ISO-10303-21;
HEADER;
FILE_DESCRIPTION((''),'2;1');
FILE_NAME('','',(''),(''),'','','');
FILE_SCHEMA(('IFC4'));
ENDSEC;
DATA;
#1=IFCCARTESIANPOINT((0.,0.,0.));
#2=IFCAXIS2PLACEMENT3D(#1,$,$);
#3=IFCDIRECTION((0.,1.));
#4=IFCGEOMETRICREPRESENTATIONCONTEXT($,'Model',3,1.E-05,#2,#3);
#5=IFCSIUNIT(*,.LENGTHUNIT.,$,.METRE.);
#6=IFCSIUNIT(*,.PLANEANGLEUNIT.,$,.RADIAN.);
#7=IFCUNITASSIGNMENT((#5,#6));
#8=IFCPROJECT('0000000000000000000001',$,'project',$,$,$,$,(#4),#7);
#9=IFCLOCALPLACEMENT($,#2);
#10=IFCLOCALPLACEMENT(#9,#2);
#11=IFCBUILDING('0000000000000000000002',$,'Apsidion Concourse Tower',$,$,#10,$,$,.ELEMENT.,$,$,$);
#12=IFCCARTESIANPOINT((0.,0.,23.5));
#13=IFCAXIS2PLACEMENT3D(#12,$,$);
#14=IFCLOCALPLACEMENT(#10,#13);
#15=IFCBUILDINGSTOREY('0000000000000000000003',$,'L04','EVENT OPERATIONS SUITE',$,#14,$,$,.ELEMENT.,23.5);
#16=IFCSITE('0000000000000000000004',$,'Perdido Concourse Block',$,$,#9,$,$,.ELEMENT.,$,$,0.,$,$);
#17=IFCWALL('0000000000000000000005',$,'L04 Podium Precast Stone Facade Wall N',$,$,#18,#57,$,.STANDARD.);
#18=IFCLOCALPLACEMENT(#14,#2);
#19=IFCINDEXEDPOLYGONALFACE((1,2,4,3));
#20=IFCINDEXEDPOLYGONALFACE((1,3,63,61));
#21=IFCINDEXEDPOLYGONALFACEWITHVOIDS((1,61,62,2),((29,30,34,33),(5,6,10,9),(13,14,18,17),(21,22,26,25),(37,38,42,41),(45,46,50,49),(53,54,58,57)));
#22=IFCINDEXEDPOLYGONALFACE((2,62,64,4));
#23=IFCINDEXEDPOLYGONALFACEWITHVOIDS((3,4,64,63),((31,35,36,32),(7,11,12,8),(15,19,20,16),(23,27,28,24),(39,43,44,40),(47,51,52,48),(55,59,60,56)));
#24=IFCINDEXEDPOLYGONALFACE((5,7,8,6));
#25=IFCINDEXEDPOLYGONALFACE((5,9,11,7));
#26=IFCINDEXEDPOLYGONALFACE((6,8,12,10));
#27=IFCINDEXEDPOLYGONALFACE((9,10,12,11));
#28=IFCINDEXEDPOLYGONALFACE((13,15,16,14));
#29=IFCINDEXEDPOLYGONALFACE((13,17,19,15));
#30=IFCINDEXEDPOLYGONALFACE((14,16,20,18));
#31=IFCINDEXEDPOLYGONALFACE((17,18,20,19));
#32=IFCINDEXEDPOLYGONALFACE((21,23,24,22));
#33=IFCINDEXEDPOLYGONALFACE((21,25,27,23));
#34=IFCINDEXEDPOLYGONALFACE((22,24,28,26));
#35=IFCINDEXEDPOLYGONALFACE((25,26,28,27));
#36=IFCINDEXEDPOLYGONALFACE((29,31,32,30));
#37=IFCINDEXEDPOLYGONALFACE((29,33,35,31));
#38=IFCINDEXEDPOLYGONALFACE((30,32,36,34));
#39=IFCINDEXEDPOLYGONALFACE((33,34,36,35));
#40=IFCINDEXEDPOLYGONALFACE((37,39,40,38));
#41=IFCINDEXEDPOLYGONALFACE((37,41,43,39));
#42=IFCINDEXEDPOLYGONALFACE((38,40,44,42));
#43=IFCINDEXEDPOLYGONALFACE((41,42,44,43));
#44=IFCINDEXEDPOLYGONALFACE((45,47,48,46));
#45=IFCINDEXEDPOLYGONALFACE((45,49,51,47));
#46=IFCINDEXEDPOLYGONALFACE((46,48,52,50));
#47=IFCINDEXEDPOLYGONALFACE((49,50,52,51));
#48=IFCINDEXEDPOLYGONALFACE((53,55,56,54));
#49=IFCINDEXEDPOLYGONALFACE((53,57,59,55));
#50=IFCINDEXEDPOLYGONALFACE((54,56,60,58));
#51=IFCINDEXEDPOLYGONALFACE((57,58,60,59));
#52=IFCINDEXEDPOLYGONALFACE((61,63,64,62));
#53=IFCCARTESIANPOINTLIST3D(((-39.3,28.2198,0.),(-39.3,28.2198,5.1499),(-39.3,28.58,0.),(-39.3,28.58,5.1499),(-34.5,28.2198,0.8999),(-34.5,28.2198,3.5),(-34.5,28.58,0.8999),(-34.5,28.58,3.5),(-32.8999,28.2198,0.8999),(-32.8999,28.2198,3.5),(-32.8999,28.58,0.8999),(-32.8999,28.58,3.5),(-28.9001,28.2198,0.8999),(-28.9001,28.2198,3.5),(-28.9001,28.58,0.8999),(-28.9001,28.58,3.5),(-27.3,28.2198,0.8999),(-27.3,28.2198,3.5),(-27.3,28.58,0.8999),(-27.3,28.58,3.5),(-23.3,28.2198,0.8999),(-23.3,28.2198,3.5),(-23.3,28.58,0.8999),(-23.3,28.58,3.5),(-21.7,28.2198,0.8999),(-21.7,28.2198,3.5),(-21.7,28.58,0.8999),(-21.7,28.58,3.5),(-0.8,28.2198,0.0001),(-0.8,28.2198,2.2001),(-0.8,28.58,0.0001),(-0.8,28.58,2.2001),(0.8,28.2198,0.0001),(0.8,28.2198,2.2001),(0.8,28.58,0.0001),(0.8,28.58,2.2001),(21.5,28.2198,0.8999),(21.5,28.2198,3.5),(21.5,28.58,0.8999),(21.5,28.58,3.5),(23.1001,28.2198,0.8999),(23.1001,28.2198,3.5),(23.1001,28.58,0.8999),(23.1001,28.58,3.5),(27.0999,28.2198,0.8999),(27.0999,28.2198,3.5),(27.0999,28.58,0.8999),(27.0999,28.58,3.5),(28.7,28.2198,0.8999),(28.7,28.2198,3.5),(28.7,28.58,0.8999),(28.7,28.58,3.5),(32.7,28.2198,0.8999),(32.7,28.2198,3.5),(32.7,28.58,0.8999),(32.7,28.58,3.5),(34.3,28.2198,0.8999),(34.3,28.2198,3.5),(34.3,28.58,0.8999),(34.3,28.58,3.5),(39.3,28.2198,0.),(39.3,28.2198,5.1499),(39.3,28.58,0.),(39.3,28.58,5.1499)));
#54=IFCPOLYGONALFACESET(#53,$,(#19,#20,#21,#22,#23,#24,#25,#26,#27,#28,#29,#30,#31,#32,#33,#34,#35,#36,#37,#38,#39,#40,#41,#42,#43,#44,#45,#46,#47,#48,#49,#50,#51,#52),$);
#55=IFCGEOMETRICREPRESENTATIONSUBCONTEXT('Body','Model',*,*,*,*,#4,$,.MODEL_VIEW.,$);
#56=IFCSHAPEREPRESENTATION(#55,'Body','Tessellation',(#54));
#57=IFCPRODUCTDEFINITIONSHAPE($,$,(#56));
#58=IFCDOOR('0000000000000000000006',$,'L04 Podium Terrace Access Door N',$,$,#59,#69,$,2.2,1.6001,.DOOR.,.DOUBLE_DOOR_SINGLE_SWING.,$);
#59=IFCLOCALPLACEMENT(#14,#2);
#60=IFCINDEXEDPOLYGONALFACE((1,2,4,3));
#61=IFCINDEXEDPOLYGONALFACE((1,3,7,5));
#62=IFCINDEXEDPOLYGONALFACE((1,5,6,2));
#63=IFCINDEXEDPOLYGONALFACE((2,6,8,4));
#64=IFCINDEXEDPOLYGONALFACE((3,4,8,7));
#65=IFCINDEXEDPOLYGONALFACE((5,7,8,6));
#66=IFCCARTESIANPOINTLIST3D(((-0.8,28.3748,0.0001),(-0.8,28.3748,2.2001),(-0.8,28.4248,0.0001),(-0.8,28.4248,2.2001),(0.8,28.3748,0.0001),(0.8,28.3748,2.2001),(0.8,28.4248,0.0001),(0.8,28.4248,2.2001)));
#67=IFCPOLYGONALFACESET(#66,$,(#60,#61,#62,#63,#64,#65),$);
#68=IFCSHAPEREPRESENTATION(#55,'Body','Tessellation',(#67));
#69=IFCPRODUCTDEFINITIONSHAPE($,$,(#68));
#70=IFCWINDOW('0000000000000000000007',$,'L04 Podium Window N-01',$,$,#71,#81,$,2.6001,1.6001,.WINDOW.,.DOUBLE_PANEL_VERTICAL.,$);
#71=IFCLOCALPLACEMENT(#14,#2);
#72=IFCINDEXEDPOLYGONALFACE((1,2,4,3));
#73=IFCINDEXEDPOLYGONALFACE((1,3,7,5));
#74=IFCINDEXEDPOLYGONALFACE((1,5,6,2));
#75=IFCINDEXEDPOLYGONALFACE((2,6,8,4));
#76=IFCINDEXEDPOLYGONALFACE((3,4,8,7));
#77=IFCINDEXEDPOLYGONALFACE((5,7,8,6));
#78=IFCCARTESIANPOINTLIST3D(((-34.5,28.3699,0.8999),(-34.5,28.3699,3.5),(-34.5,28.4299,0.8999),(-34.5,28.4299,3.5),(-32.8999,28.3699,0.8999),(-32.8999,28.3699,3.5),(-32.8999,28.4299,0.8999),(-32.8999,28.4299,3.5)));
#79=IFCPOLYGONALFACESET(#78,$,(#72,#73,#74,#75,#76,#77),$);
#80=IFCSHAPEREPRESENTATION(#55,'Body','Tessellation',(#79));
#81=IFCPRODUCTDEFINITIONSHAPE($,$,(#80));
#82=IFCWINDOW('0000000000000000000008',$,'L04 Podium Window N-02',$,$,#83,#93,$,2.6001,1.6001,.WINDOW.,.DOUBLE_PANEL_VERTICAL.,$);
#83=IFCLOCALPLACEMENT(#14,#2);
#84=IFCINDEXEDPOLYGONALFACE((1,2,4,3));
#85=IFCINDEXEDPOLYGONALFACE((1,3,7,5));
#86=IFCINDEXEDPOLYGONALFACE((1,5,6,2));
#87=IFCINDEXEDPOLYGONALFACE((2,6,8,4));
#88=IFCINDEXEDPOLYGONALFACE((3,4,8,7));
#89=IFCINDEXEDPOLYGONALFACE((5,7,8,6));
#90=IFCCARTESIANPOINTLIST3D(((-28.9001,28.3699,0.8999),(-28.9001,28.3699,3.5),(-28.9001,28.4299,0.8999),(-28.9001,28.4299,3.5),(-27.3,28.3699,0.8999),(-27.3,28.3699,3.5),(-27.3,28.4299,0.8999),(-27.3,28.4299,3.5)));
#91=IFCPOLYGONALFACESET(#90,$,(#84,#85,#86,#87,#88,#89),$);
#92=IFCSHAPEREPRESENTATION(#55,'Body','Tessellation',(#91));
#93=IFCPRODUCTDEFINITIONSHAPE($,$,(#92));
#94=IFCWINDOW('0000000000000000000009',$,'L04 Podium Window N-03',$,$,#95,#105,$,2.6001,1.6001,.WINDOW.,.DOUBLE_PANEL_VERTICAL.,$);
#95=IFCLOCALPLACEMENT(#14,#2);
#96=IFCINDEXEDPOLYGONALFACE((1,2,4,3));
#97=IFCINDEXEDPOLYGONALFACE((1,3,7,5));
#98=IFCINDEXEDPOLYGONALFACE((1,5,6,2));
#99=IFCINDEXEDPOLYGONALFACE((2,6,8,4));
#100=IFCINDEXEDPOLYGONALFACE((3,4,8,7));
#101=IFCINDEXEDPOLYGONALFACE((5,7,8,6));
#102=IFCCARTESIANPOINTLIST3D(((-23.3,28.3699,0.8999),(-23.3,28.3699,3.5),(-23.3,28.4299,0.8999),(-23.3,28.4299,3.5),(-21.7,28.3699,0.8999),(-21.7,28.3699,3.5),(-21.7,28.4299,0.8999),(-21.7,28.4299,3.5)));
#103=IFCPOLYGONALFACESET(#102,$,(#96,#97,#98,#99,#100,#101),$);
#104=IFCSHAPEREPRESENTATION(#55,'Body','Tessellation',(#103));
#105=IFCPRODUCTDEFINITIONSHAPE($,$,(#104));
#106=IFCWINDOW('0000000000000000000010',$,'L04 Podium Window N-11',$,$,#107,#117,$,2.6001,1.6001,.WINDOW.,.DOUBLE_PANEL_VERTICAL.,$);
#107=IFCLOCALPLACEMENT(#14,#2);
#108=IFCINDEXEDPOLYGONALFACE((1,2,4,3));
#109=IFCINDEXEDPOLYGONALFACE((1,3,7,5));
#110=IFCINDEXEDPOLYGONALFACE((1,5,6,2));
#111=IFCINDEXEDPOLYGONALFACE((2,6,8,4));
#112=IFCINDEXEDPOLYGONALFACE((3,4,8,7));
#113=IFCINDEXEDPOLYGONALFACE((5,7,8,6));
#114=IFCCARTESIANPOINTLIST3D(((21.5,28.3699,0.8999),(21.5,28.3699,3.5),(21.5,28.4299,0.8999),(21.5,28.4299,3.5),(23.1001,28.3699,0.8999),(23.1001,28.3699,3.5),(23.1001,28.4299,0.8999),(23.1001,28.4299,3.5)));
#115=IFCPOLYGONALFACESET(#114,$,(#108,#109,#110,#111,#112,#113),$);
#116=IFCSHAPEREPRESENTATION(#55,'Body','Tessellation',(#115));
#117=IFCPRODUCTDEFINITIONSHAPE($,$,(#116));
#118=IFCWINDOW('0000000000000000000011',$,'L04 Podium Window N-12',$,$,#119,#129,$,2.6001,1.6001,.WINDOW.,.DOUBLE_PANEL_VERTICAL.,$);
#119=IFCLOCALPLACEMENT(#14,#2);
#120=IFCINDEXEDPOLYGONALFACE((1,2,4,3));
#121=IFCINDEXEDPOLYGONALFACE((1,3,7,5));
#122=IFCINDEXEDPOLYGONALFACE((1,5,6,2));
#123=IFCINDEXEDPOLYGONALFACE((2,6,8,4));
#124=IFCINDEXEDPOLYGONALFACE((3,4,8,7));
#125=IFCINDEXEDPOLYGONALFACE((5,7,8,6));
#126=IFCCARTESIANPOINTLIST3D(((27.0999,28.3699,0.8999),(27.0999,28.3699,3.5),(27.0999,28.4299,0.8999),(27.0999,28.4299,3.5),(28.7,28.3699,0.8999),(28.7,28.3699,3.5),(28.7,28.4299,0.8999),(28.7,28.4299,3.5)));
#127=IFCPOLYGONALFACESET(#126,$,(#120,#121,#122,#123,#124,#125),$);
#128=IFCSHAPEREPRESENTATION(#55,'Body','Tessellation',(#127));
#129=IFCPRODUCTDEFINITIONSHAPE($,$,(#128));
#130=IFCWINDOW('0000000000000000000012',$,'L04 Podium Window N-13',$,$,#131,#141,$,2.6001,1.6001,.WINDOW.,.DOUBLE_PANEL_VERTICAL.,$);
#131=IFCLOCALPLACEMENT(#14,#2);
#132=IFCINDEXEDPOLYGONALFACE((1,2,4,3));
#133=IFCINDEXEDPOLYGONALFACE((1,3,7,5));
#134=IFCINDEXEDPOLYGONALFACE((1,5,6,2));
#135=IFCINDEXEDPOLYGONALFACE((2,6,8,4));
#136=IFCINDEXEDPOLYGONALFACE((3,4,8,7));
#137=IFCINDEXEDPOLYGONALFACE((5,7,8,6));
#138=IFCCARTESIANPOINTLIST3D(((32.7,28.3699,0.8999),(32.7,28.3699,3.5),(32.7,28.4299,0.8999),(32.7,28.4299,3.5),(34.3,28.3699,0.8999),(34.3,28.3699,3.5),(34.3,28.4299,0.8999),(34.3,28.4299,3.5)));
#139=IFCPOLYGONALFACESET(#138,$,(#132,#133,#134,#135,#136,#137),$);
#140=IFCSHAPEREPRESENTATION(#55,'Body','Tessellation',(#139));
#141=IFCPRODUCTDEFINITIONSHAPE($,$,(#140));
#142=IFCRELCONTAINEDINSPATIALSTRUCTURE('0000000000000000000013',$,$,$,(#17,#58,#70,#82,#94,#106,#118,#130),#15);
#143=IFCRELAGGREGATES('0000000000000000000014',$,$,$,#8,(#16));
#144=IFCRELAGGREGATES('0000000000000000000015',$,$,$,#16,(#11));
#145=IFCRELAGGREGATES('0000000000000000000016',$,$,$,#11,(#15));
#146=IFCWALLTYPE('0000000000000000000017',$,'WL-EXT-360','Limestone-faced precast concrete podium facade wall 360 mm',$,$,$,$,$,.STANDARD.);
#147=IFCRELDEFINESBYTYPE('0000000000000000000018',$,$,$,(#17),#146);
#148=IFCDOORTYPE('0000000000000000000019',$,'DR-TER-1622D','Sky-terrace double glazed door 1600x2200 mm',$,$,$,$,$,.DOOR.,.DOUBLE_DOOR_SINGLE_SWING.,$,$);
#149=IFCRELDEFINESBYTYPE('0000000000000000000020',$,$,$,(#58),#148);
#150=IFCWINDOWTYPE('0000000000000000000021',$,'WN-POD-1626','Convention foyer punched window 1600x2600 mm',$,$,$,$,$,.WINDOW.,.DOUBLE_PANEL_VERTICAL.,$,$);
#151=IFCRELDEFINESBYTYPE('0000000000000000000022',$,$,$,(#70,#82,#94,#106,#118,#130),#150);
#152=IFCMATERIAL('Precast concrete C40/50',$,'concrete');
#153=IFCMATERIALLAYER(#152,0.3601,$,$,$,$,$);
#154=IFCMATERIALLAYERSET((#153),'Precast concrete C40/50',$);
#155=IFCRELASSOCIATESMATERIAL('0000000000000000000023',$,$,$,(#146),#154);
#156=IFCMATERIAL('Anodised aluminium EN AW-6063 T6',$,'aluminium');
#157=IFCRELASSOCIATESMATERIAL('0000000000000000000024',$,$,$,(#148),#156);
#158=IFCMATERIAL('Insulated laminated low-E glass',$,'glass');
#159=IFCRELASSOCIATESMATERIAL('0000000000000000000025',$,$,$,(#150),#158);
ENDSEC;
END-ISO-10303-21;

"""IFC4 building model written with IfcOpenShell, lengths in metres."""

from ifc_helpers import new_model, si_unit, direction, frame, frame_2d, origin, place, context, subcontext, project, spatial, rectangle, extrude, material, layer, layer_set, type_object, element, fill, save


model = new_model("IFC4")

# Units and contexts
model_context = context("Model", 3, precision=1e-05, world=origin(), true_north=direction((0.0, 1.0)))
body_context = subcontext(model_context, "Body", "Model", "MODEL_VIEW")
ifc_project = project(units=[si_unit("LENGTHUNIT", "METRE"), si_unit("PLANEANGLEUNIT", "RADIAN")], contexts=[model_context])

# Site, building, storey
site_placement = place(None, origin())
site = spatial("IfcSite", under=ifc_project, at=site_placement, Name="Perdido Concourse Block", CompositionType="ELEMENT", RefElevation=0.0)
building_placement = place(site_placement, origin())
building = spatial("IfcBuilding", under=site, at=building_placement, Name="Apsidion Concourse Tower", CompositionType="ELEMENT")
storey_placement = place(building_placement, frame((0.0, 0.0, 23.5)))
storey = spatial("IfcBuildingStorey", under=building, at=storey_placement, Name="L04", Description="EVENT OPERATIONS SUITE", CompositionType="ELEMENT", Elevation=23.5)

# Wall, openings, door, windows
ifc_material_1 = material(Name="Precast concrete C40/50", Category="concrete")
ifc_layer_1 = layer(ifc_material_1, 0.3601)
ifc_layer_set_1 = layer_set([ifc_layer_1], Name="Precast concrete C40/50")
wall_type_1 = type_object("IfcWallType", Name="WL-EXT-360", Description="Limestone-faced precast concrete podium facade wall 360 mm", PredefinedType="STANDARD", material=ifc_layer_set_1)
wall_1_placement = place(storey_placement, frame((-39.3, 28.3999, 0.0), z_axis=(0.0, 0.0, 1.0), x_axis=(1.0, 0.0, 0.0)))
wall_1 = element("IfcWall", 1, at=wall_1_placement, inside=storey, type_object=wall_type_1, Name="L04 Podium Precast Stone Facade Wall N", PredefinedType="STANDARD", context=body_context, shape_type="SweptSolid", body=[
    extrude(rectangle(XDim=78.6001, YDim=0.3601, at=frame_2d((39.3, 0.0))), origin(), (0.0, 0.0, 1.0), 5.1499),
])
opening_1_placement = place(wall_1_placement, frame((38.5, 0.0, 0.0)))
opening_1 = element("IfcOpeningElement", 2, at=opening_1_placement, cuts=wall_1, PredefinedType="OPENING", context=body_context, shape_type="SweptSolid", body=[
    extrude(rectangle(XDim=1.6001, YDim=2.2, at=frame_2d((0.8, 1.1001))), frame((0.0, 0.1899, 0.0), z_axis=(0.0, -1.0, 0.0), x_axis=(1.0, 0.0, 0.0)), (0.0, 0.0, 1.0), 0.3801),
])
opening_2_placement = place(wall_1_placement, frame((4.8, 0.0, 0.8999)))
opening_2 = element("IfcOpeningElement", 3, at=opening_2_placement, cuts=wall_1, PredefinedType="OPENING", context=body_context, shape_type="SweptSolid", body=[
    extrude(rectangle(XDim=1.6001, YDim=2.6001, at=frame_2d((0.8, 1.3))), frame((0.0, 0.1899, 0.0), z_axis=(0.0, -1.0, 0.0), x_axis=(1.0, 0.0, 0.0)), (0.0, 0.0, 1.0), 0.3801),
])
opening_3_placement = place(wall_1_placement, frame((10.3999, 0.0, 0.8999)))
opening_3 = element("IfcOpeningElement", 4, at=opening_3_placement, cuts=wall_1, PredefinedType="OPENING", context=body_context, shape_type="SweptSolid", body=[
    extrude(rectangle(XDim=1.6001, YDim=2.6001, at=frame_2d((0.8, 1.3))), frame((0.0, 0.1899, 0.0), z_axis=(0.0, -1.0, 0.0), x_axis=(1.0, 0.0, 0.0)), (0.0, 0.0, 1.0), 0.3801),
])
opening_4_placement = place(wall_1_placement, frame((16.0, 0.0, 0.8999)))
opening_4 = element("IfcOpeningElement", 5, at=opening_4_placement, cuts=wall_1, PredefinedType="OPENING", context=body_context, shape_type="SweptSolid", body=[
    extrude(rectangle(XDim=1.6001, YDim=2.6001, at=frame_2d((0.8, 1.3))), frame((0.0, 0.1899, 0.0), z_axis=(0.0, -1.0, 0.0), x_axis=(1.0, 0.0, 0.0)), (0.0, 0.0, 1.0), 0.3801),
])
opening_5_placement = place(wall_1_placement, frame((60.8, 0.0, 0.8999)))
opening_5 = element("IfcOpeningElement", 6, at=opening_5_placement, cuts=wall_1, PredefinedType="OPENING", context=body_context, shape_type="SweptSolid", body=[
    extrude(rectangle(XDim=1.6001, YDim=2.6001, at=frame_2d((0.8, 1.3))), frame((0.0, 0.1899, 0.0), z_axis=(0.0, -1.0, 0.0), x_axis=(1.0, 0.0, 0.0)), (0.0, 0.0, 1.0), 0.3801),
])
opening_6_placement = place(wall_1_placement, frame((66.3999, 0.0, 0.8999)))
opening_6 = element("IfcOpeningElement", 7, at=opening_6_placement, cuts=wall_1, PredefinedType="OPENING", context=body_context, shape_type="SweptSolid", body=[
    extrude(rectangle(XDim=1.6001, YDim=2.6001, at=frame_2d((0.8, 1.3))), frame((0.0, 0.1899, 0.0), z_axis=(0.0, -1.0, 0.0), x_axis=(1.0, 0.0, 0.0)), (0.0, 0.0, 1.0), 0.3801),
])
opening_7_placement = place(wall_1_placement, frame((72.0, 0.0, 0.8999)))
opening_7 = element("IfcOpeningElement", 8, at=opening_7_placement, cuts=wall_1, PredefinedType="OPENING", context=body_context, shape_type="SweptSolid", body=[
    extrude(rectangle(XDim=1.6001, YDim=2.6001, at=frame_2d((0.8, 1.3))), frame((0.0, 0.1899, 0.0), z_axis=(0.0, -1.0, 0.0), x_axis=(1.0, 0.0, 0.0)), (0.0, 0.0, 1.0), 0.3801),
])
ifc_material_2 = material(Name="Anodised aluminium EN AW-6063 T6", Category="aluminium")
door_type_1 = type_object("IfcDoorType", Name="DR-TER-1622D", Description="Sky-terrace double glazed door 1600x2200 mm", OperationType="DOUBLE_DOOR_SINGLE_SWING", PredefinedType="DOOR", material=ifc_material_2)
door_1_placement = place(opening_1_placement, origin())
door_1 = element("IfcDoor", 9, at=door_1_placement, inside=storey, type_object=door_type_1, Name="L04 Podium Terrace Access Door N", OperationType="DOUBLE_DOOR_SINGLE_SWING", OverallHeight=2.2, OverallWidth=1.6001, PredefinedType="DOOR", context=body_context, shape_type="SweptSolid", body=[
    extrude(rectangle(XDim=1.6001, YDim=2.2, at=frame_2d((0.8, 1.1001))), frame((0.0, 0.0249, 0.0), z_axis=(0.0, -1.0, 0.0), x_axis=(1.0, 0.0, 0.0)), (0.0, 0.0, 1.0), 0.05),
])
fill(opening_1, door_1)
ifc_material_3 = material(Name="Insulated laminated low-E glass", Category="glass")
window_type = type_object("IfcWindowType", Name="WN-POD-1626", Description="Convention foyer punched window 1600x2600 mm", PartitioningType="DOUBLE_PANEL_VERTICAL", PredefinedType="WINDOW", material=ifc_material_3)
window_1_placement = place(opening_2_placement, origin())
window_1 = element("IfcWindow", 10, at=window_1_placement, inside=storey, type_object=window_type, Name="L04 Podium Window N-01", OverallHeight=2.6001, OverallWidth=1.6001, PartitioningType="DOUBLE_PANEL_VERTICAL", PredefinedType="WINDOW", context=body_context, shape_type="SweptSolid", body=[
    extrude(rectangle(XDim=1.6001, YDim=2.6001, at=frame_2d((0.8, 1.3))), frame((0.0, 0.03, 0.0), z_axis=(0.0, -1.0, 0.0), x_axis=(1.0, 0.0, 0.0)), (0.0, 0.0, 1.0), 0.0601),
])
fill(opening_2, window_1)
window_2_placement = place(opening_3_placement, origin())
window_2 = element("IfcWindow", 11, at=window_2_placement, inside=storey, type_object=window_type, Name="L04 Podium Window N-02", OverallHeight=2.6001, OverallWidth=1.6001, PartitioningType="DOUBLE_PANEL_VERTICAL", PredefinedType="WINDOW", context=body_context, shape_type="SweptSolid", body=[
    extrude(rectangle(XDim=1.6001, YDim=2.6001, at=frame_2d((0.8, 1.3))), frame((0.0, 0.03, 0.0), z_axis=(0.0, -1.0, 0.0), x_axis=(1.0, 0.0, 0.0)), (0.0, 0.0, 1.0), 0.0601),
])
fill(opening_3, window_2)
window_3_placement = place(opening_4_placement, origin())
window_3 = element("IfcWindow", 12, at=window_3_placement, inside=storey, type_object=window_type, Name="L04 Podium Window N-03", OverallHeight=2.6001, OverallWidth=1.6001, PartitioningType="DOUBLE_PANEL_VERTICAL", PredefinedType="WINDOW", context=body_context, shape_type="SweptSolid", body=[
    extrude(rectangle(XDim=1.6001, YDim=2.6001, at=frame_2d((0.8, 1.3))), frame((0.0, 0.03, 0.0), z_axis=(0.0, -1.0, 0.0), x_axis=(1.0, 0.0, 0.0)), (0.0, 0.0, 1.0), 0.0601),
])
fill(opening_4, window_3)
window_4_placement = place(opening_5_placement, origin())
window_4 = element("IfcWindow", 13, at=window_4_placement, inside=storey, type_object=window_type, Name="L04 Podium Window N-11", OverallHeight=2.6001, OverallWidth=1.6001, PartitioningType="DOUBLE_PANEL_VERTICAL", PredefinedType="WINDOW", context=body_context, shape_type="SweptSolid", body=[
    extrude(rectangle(XDim=1.6001, YDim=2.6001, at=frame_2d((0.8, 1.3))), frame((0.0, 0.03, 0.0), z_axis=(0.0, -1.0, 0.0), x_axis=(1.0, 0.0, 0.0)), (0.0, 0.0, 1.0), 0.0601),
])
fill(opening_5, window_4)
window_5_placement = place(opening_6_placement, origin())
window_5 = element("IfcWindow", 14, at=window_5_placement, inside=storey, type_object=window_type, Name="L04 Podium Window N-12", OverallHeight=2.6001, OverallWidth=1.6001, PartitioningType="DOUBLE_PANEL_VERTICAL", PredefinedType="WINDOW", context=body_context, shape_type="SweptSolid", body=[
    extrude(rectangle(XDim=1.6001, YDim=2.6001, at=frame_2d((0.8, 1.3))), frame((0.0, 0.03, 0.0), z_axis=(0.0, -1.0, 0.0), x_axis=(1.0, 0.0, 0.0)), (0.0, 0.0, 1.0), 0.0601),
])
fill(opening_6, window_5)
window_6_placement = place(opening_7_placement, origin())
window_6 = element("IfcWindow", 15, at=window_6_placement, inside=storey, type_object=window_type, Name="L04 Podium Window N-13", OverallHeight=2.6001, OverallWidth=1.6001, PartitioningType="DOUBLE_PANEL_VERTICAL", PredefinedType="WINDOW", context=body_context, shape_type="SweptSolid", body=[
    extrude(rectangle(XDim=1.6001, YDim=2.6001, at=frame_2d((0.8, 1.3))), frame((0.0, 0.03, 0.0), z_axis=(0.0, -1.0, 0.0), x_axis=(1.0, 0.0, 0.0)), (0.0, 0.0, 1.0), 0.0601),
])
fill(opening_7, window_6)

save(model, "model.ifc")
